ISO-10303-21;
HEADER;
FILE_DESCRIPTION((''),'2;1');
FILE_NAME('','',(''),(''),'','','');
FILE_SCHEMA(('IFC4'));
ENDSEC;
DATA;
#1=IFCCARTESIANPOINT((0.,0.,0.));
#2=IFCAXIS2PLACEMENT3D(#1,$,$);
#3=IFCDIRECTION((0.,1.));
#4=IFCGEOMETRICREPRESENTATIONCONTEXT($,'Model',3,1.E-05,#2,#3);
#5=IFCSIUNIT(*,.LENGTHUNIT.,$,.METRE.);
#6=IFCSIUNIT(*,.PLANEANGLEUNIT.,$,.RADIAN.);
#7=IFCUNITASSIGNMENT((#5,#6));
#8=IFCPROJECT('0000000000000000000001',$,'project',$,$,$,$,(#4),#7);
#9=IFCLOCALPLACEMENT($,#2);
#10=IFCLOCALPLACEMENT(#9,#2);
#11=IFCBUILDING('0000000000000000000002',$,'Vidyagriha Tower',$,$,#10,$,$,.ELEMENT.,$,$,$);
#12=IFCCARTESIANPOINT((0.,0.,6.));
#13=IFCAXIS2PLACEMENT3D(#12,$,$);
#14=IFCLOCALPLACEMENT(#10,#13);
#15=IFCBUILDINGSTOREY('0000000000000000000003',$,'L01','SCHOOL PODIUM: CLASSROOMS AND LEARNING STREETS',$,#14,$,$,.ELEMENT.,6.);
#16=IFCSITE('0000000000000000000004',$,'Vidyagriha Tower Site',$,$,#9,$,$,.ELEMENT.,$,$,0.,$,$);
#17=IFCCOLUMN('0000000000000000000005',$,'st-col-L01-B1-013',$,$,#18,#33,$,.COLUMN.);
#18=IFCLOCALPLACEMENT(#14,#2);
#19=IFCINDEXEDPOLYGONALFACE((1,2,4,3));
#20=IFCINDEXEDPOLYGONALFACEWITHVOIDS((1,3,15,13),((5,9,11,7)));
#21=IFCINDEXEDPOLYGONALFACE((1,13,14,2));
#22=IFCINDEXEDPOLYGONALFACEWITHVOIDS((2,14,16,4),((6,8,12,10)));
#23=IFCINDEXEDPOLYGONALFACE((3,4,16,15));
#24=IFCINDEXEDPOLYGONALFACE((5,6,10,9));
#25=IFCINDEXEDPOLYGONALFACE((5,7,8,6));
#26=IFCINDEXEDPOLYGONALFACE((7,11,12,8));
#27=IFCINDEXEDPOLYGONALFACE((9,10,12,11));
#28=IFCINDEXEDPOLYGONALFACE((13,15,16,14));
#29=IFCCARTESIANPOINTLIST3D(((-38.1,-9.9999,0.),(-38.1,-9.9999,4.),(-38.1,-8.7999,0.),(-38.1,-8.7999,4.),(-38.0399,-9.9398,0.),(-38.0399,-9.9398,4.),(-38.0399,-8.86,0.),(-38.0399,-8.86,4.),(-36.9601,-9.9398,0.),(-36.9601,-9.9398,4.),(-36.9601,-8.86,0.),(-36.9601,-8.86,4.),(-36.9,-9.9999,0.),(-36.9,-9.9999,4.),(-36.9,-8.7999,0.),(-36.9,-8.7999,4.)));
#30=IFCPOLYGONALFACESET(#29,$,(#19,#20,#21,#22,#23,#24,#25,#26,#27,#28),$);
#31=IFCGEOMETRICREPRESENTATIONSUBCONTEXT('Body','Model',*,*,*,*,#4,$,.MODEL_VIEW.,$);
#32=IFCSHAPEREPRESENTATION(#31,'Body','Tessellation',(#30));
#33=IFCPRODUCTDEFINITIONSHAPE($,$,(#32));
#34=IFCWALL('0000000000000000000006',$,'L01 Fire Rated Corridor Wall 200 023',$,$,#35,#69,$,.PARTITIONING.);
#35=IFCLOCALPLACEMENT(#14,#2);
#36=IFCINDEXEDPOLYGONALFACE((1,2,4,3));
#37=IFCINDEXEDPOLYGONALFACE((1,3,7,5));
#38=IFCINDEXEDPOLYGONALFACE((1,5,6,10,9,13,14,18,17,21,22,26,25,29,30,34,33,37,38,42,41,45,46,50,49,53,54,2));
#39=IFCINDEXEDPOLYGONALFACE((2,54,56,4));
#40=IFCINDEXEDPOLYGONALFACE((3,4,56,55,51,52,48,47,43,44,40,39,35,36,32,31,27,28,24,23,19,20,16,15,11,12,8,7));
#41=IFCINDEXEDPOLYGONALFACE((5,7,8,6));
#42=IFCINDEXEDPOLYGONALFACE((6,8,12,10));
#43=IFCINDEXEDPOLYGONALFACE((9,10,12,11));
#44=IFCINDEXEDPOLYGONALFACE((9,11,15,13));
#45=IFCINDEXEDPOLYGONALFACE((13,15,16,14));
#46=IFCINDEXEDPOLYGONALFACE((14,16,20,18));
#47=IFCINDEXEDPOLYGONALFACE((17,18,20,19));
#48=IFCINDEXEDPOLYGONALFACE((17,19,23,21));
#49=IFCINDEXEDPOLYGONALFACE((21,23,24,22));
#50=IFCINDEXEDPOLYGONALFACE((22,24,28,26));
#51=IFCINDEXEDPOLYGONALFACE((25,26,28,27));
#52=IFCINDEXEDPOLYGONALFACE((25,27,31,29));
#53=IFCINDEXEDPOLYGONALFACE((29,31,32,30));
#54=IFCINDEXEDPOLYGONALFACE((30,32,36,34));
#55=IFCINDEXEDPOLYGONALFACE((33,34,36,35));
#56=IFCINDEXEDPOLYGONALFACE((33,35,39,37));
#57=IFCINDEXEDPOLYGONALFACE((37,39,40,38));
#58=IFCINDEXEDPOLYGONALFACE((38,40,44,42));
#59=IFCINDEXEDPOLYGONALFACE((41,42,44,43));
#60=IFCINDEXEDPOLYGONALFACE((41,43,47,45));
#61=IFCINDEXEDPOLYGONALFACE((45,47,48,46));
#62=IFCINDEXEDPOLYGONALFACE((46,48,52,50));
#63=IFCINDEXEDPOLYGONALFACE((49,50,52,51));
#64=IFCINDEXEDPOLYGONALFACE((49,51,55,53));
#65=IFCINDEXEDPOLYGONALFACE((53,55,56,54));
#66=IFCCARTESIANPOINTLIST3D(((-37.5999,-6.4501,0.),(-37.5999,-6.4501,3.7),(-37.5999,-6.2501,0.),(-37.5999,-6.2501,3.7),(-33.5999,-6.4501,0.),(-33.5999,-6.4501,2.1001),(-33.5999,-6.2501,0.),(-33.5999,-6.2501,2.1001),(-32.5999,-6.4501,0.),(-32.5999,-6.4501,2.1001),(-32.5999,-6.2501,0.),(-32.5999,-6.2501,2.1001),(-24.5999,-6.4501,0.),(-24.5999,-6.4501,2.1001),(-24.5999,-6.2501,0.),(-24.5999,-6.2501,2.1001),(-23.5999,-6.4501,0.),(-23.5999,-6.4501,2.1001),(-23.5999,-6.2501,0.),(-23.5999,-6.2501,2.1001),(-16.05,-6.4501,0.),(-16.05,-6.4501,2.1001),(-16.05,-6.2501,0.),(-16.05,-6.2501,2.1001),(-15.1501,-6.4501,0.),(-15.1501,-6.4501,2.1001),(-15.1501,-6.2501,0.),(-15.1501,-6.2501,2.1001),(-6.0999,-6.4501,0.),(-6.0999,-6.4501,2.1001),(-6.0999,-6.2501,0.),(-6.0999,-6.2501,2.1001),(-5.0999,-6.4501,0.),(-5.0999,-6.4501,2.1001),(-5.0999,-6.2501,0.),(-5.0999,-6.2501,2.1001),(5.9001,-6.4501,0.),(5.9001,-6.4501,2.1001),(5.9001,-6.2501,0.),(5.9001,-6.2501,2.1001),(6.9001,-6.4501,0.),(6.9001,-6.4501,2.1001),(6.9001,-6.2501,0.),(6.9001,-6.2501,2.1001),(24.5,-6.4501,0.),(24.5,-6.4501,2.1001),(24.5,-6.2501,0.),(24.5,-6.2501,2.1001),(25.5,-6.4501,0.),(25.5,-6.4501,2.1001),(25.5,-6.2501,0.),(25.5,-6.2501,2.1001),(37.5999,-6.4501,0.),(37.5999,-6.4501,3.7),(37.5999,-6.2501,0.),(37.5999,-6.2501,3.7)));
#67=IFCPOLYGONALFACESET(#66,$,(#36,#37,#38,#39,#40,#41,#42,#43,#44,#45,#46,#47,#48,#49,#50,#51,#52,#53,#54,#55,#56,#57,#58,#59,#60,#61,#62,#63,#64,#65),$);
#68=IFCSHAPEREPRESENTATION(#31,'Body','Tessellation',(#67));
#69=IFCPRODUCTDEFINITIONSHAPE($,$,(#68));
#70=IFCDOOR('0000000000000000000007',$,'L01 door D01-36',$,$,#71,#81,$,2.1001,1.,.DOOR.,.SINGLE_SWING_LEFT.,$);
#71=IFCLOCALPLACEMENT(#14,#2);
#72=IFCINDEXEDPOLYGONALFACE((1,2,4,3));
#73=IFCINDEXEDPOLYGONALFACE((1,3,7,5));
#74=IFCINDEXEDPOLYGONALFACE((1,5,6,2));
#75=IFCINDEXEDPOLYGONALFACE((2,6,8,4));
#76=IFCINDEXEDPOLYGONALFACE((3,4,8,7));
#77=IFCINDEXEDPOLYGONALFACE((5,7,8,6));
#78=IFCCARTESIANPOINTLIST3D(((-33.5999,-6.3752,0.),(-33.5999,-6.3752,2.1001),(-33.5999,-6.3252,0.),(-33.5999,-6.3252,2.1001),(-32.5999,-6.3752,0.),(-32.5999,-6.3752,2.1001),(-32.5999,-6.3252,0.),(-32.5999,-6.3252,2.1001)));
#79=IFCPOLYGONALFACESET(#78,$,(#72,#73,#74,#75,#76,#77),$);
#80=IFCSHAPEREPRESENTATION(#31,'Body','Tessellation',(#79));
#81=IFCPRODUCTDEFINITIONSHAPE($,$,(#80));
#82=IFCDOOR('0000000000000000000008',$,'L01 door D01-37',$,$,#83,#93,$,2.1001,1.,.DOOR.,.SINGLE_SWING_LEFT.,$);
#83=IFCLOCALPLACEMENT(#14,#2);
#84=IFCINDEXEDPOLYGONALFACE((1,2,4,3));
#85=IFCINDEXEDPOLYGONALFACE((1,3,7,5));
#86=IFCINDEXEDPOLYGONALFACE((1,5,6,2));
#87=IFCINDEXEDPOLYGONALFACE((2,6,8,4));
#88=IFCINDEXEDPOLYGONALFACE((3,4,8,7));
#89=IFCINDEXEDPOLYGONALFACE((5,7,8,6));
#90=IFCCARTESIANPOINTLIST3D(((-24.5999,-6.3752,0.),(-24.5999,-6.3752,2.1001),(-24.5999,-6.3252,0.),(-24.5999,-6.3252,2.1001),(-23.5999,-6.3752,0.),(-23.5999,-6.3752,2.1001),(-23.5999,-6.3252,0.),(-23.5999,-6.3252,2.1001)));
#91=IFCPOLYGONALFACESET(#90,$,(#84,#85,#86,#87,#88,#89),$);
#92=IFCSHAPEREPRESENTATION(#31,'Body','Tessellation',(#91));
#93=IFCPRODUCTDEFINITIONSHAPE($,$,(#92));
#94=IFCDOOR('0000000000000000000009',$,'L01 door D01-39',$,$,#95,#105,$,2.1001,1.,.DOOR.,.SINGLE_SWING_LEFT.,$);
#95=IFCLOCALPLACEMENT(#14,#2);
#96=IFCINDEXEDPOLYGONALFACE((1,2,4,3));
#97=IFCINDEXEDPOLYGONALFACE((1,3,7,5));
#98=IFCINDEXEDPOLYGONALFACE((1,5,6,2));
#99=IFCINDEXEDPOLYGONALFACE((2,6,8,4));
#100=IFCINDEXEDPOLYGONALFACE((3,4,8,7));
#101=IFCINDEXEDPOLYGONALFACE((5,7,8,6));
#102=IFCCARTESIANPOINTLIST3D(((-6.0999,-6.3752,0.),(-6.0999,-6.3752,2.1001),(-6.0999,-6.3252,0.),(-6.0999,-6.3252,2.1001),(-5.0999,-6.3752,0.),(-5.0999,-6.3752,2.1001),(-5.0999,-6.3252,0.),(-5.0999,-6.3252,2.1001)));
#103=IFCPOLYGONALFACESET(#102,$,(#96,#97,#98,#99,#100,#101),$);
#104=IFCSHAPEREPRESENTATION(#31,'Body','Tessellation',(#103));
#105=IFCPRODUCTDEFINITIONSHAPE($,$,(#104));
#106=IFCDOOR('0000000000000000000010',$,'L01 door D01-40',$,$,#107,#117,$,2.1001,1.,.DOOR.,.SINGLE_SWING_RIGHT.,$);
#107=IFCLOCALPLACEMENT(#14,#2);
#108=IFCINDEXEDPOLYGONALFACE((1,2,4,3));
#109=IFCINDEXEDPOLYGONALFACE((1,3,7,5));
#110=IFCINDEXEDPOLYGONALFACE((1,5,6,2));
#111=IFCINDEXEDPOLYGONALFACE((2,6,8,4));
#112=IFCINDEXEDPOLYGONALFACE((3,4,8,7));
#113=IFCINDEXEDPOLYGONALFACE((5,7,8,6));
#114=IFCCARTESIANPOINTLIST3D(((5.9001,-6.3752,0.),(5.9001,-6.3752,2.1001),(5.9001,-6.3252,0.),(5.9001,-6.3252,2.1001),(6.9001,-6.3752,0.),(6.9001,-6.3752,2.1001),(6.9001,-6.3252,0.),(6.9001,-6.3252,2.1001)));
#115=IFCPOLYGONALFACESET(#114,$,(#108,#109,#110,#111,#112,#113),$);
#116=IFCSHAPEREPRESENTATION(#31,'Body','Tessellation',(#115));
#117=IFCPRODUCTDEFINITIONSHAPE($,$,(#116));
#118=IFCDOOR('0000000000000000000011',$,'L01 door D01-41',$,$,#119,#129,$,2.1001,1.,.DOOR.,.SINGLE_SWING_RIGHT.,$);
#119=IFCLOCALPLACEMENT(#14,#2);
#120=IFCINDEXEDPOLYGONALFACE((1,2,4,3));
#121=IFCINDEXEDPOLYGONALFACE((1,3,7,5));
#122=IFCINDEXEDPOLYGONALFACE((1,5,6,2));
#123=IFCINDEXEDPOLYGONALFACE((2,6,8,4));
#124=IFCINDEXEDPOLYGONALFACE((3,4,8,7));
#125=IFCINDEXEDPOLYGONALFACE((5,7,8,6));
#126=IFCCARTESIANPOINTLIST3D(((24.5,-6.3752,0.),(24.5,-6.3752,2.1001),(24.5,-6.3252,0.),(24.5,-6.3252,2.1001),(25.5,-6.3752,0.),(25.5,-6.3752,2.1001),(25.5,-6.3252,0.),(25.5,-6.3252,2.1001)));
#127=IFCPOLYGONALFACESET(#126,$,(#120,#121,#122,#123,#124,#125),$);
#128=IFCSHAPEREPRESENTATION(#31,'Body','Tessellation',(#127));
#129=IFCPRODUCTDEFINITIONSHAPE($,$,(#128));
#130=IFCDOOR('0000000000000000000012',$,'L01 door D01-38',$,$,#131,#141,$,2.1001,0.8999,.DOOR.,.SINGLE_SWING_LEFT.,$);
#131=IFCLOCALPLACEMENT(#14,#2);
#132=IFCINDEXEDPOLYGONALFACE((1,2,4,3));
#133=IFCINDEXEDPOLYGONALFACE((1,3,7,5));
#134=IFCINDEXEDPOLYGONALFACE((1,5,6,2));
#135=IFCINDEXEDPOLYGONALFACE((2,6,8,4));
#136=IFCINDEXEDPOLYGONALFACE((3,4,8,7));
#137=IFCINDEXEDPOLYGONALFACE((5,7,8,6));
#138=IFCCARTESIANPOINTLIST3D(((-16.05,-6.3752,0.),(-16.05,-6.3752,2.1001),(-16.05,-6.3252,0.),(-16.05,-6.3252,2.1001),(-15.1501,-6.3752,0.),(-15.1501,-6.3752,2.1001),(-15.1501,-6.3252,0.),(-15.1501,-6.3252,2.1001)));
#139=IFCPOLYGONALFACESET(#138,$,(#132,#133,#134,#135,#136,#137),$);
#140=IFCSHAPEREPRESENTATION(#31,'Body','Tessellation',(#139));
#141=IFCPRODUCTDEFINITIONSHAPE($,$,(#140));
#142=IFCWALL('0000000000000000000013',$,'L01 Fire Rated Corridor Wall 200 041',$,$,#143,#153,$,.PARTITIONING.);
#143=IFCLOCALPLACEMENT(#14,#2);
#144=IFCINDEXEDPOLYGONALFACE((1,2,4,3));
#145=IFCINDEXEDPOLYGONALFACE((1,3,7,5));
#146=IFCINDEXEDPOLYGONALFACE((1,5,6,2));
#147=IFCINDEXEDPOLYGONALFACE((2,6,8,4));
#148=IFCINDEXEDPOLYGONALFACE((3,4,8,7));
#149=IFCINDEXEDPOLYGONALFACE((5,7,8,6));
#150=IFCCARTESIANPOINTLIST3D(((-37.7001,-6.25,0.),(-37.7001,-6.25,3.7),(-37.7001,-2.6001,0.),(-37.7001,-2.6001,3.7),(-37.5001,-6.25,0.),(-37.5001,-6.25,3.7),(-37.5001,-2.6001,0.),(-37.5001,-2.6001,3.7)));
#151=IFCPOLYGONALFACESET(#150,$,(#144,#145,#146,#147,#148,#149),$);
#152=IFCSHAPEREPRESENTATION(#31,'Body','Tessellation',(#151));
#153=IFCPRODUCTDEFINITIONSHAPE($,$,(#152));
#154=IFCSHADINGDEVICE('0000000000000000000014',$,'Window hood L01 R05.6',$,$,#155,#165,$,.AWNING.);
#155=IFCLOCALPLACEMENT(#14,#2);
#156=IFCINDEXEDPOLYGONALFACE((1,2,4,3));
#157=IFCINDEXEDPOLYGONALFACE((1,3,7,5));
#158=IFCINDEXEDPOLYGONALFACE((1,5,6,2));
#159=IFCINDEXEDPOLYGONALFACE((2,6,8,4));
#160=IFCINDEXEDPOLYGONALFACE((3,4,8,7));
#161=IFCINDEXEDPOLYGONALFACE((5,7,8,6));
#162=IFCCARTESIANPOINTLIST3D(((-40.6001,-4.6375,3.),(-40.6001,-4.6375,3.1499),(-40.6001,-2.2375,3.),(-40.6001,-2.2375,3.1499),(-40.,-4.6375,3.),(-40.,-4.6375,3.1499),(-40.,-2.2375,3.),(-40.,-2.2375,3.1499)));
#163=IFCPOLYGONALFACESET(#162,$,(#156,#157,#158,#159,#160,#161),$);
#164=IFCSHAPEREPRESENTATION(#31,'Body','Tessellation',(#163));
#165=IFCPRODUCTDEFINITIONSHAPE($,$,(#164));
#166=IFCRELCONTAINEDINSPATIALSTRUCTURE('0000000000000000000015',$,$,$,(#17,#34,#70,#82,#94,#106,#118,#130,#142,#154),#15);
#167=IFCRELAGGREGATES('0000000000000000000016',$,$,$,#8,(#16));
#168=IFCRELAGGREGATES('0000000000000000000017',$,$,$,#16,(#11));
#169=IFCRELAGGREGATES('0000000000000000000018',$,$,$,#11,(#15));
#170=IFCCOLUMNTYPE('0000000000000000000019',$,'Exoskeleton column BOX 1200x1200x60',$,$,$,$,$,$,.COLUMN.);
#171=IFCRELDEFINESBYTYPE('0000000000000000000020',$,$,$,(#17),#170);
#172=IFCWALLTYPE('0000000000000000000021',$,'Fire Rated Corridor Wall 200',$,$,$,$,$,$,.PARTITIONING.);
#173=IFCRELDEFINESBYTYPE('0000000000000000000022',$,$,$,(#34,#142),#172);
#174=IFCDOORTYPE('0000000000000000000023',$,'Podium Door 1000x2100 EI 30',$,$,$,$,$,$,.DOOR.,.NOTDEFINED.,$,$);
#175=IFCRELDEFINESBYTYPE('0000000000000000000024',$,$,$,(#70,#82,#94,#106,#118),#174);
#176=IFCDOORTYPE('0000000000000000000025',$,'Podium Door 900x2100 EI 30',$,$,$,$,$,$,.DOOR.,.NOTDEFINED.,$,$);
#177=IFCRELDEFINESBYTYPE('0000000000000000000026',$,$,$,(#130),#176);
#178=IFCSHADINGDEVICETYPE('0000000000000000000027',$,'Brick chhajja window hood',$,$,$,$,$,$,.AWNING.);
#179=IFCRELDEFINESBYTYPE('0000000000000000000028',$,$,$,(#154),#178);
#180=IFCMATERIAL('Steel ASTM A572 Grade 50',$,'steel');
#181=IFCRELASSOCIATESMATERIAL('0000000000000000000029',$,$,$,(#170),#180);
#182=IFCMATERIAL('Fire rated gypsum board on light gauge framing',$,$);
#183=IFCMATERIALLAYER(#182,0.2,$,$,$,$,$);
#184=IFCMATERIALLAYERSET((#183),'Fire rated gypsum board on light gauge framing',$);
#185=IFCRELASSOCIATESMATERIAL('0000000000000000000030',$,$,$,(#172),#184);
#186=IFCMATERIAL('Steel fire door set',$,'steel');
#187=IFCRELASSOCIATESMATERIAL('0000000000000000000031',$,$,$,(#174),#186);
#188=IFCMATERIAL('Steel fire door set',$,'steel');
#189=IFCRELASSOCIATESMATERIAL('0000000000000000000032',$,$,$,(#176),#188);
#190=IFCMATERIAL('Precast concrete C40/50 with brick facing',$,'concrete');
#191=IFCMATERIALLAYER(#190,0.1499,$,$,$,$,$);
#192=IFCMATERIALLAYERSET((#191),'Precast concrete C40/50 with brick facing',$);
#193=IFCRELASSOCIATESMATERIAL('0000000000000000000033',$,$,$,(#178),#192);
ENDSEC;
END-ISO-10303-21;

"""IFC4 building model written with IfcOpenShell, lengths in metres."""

from ifc_helpers import new_model, si_unit, direction, frame, frame_2d, origin, origin_2d, place, context, subcontext, project, spatial, rectangle, hollow_rectangle, extrude, material, layer, layer_set, material_profile, profile_set, type_object, element, fill, save


model = new_model("IFC4")

# Units and contexts
model_context = context("Model", 3, precision=1e-05, world=origin(), true_north=direction((0.0, 1.0)))
body_context = subcontext(model_context, "Body", "Model", "MODEL_VIEW")
ifc_project = project(units=[si_unit("LENGTHUNIT", "METRE"), si_unit("PLANEANGLEUNIT", "RADIAN")], contexts=[model_context])

# Site, building, storey
site_placement = place(None, origin())
site = spatial("IfcSite", under=ifc_project, at=site_placement, Name="Vidyagriha Tower Site", CompositionType="ELEMENT", RefElevation=0.0)
building_placement = place(site_placement, origin())
building = spatial("IfcBuilding", under=site, at=building_placement, Name="Vidyagriha Tower", CompositionType="ELEMENT")
storey_placement = place(building_placement, frame((0.0, 0.0, 6.0)))
storey = spatial("IfcBuildingStorey", under=building, at=storey_placement, Name="L01", Description="SCHOOL PODIUM: CLASSROOMS AND LEARNING STREETS", CompositionType="ELEMENT", Elevation=6.0)

# Column
ifc_material_1 = material(Name="Steel ASTM A572 Grade 50", Category="steel")
ifc_material_profile = material_profile(ifc_material_1, hollow_rectangle(XDim=1.2, YDim=1.2, WallThickness=0.0601, at=origin_2d()), Name="BOX 1200x1200x60")
ifc_profile_set = profile_set([ifc_material_profile], Name="Steel ASTM A572 Grade 50")
column_type = type_object("IfcColumnType", Name="Exoskeleton column BOX 1200x1200x60", PredefinedType="COLUMN", material=ifc_profile_set)
column_placement = place(storey_placement, frame((-37.5, -9.3999, 0.0)))
element("IfcColumn", 1, at=column_placement, inside=storey, type_object=column_type, Name="st-col-L01-B1-013", PredefinedType="COLUMN", context=body_context, shape_type="SweptSolid", body=[
    extrude(hollow_rectangle(XDim=1.2, YDim=1.2, WallThickness=0.0601, at=origin_2d()), origin(), (0.0, 0.0, 1.0), 4.0),
])

# Wall, openings, doors
ifc_material_2 = material(Name="Fire rated gypsum board on light gauge framing")
ifc_layer_1 = layer(ifc_material_2, 0.2)
ifc_layer_set_1 = layer_set([ifc_layer_1], Name="Fire rated gypsum board on light gauge framing")
wall_type = type_object("IfcWallType", Name="Fire Rated Corridor Wall 200", PredefinedType="PARTITIONING", material=ifc_layer_set_1)
wall_1_placement = place(storey_placement, frame((-37.5999, -6.3501, 0.0)))
wall_1 = element("IfcWall", 2, at=wall_1_placement, inside=storey, type_object=wall_type, Name="L01 Fire Rated Corridor Wall 200 023", PredefinedType="PARTITIONING", context=body_context, shape_type="SweptSolid", body=[
    extrude(rectangle(XDim=75.1997, YDim=0.2, at=frame_2d((37.5999, 0.0))), origin(), (0.0, 0.0, 1.0), 3.7),
])
opening_1_placement = place(wall_1_placement, frame((4.0, 0.0, 0.0)))
opening_1 = element("IfcOpeningElement", 3, at=opening_1_placement, cuts=wall_1, PredefinedType="OPENING", context=body_context, shape_type="SweptSolid", body=[
    extrude(rectangle(XDim=1.0, YDim=2.1001, at=frame_2d((0.5, 1.05))), frame((0.0, 0.1099, 0.0), z_axis=(0.0, -1.0, 0.0), x_axis=(1.0, 0.0, 0.0)), (0.0, 0.0, 1.0), 0.22),
])
opening_2_placement = place(wall_1_placement, frame((13.0, 0.0, 0.0)))
opening_2 = element("IfcOpeningElement", 4, at=opening_2_placement, cuts=wall_1, PredefinedType="OPENING", context=body_context, shape_type="SweptSolid", body=[
    extrude(rectangle(XDim=1.0, YDim=2.1001, at=frame_2d((0.5, 1.05))), frame((0.0, 0.1099, 0.0), z_axis=(0.0, -1.0, 0.0), x_axis=(1.0, 0.0, 0.0)), (0.0, 0.0, 1.0), 0.22),
])
opening_3_placement = place(wall_1_placement, frame((21.5498, 0.0, 0.0)))
opening_3 = element("IfcOpeningElement", 5, at=opening_3_placement, cuts=wall_1, PredefinedType="OPENING", context=body_context, shape_type="SweptSolid", body=[
    extrude(rectangle(XDim=0.8999, YDim=2.1001, at=frame_2d((0.45, 1.05))), frame((0.0, 0.1099, 0.0), z_axis=(0.0, -1.0, 0.0), x_axis=(1.0, 0.0, 0.0)), (0.0, 0.0, 1.0), 0.22),
])
opening_4_placement = place(wall_1_placement, frame((31.5, 0.0, 0.0)))
opening_4 = element("IfcOpeningElement", 6, at=opening_4_placement, cuts=wall_1, PredefinedType="OPENING", context=body_context, shape_type="SweptSolid", body=[
    extrude(rectangle(XDim=1.0, YDim=2.1001, at=frame_2d((0.5, 1.05))), frame((0.0, 0.1099, 0.0), z_axis=(0.0, -1.0, 0.0), x_axis=(1.0, 0.0, 0.0)), (0.0, 0.0, 1.0), 0.22),
])
opening_5_placement = place(wall_1_placement, frame((43.5, 0.0, 0.0)))
opening_5 = element("IfcOpeningElement", 7, at=opening_5_placement, cuts=wall_1, PredefinedType="OPENING", context=body_context, shape_type="SweptSolid", body=[
    extrude(rectangle(XDim=1.0, YDim=2.1001, at=frame_2d((0.5, 1.05))), frame((0.0, 0.1099, 0.0), z_axis=(0.0, -1.0, 0.0), x_axis=(1.0, 0.0, 0.0)), (0.0, 0.0, 1.0), 0.22),
])
opening_6_placement = place(wall_1_placement, frame((62.0999, 0.0, 0.0)))
opening_6 = element("IfcOpeningElement", 8, at=opening_6_placement, cuts=wall_1, PredefinedType="OPENING", context=body_context, shape_type="SweptSolid", body=[
    extrude(rectangle(XDim=1.0, YDim=2.1001, at=frame_2d((0.5, 1.05))), frame((0.0, 0.1099, 0.0), z_axis=(0.0, -1.0, 0.0), x_axis=(1.0, 0.0, 0.0)), (0.0, 0.0, 1.0), 0.22),
])
ifc_material_3 = material(Name="Steel fire door set", Category="steel")
door_type_1 = type_object("IfcDoorType", Name="Podium Door 1000x2100 EI 30", OperationType="NOTDEFINED", PredefinedType="DOOR", material=ifc_material_3)
door_1_placement = place(opening_1_placement, origin())
door_1 = element("IfcDoor", 9, at=door_1_placement, inside=storey, type_object=door_type_1, Name="L01 door D01-36", OperationType="SINGLE_SWING_LEFT", OverallHeight=2.1001, OverallWidth=1.0, PredefinedType="DOOR", context=body_context, shape_type="SweptSolid", body=[
    extrude(rectangle(XDim=1.0, YDim=2.1001, at=frame_2d((0.5, 1.05))), frame((0.0, 0.0249, 0.0), z_axis=(0.0, -1.0, 0.0), x_axis=(1.0, 0.0, 0.0)), (0.0, 0.0, 1.0), 0.05),
])
fill(opening_1, door_1)
door_2_placement = place(opening_2_placement, origin())
door_2 = element("IfcDoor", 10, at=door_2_placement, inside=storey, type_object=door_type_1, Name="L01 door D01-37", OperationType="SINGLE_SWING_LEFT", OverallHeight=2.1001, OverallWidth=1.0, PredefinedType="DOOR", context=body_context, shape_type="SweptSolid", body=[
    extrude(rectangle(XDim=1.0, YDim=2.1001, at=frame_2d((0.5, 1.05))), frame((0.0, 0.0249, 0.0), z_axis=(0.0, -1.0, 0.0), x_axis=(1.0, 0.0, 0.0)), (0.0, 0.0, 1.0), 0.05),
])
fill(opening_2, door_2)
door_3_placement = place(opening_4_placement, origin())
door_3 = element("IfcDoor", 11, at=door_3_placement, inside=storey, type_object=door_type_1, Name="L01 door D01-39", OperationType="SINGLE_SWING_LEFT", OverallHeight=2.1001, OverallWidth=1.0, PredefinedType="DOOR", context=body_context, shape_type="SweptSolid", body=[
    extrude(rectangle(XDim=1.0, YDim=2.1001, at=frame_2d((0.5, 1.05))), frame((0.0, 0.0249, 0.0), z_axis=(0.0, -1.0, 0.0), x_axis=(1.0, 0.0, 0.0)), (0.0, 0.0, 1.0), 0.05),
])
fill(opening_4, door_3)
door_4_placement = place(opening_5_placement, origin())
door_4 = element("IfcDoor", 12, at=door_4_placement, inside=storey, type_object=door_type_1, Name="L01 door D01-40", OperationType="SINGLE_SWING_RIGHT", OverallHeight=2.1001, OverallWidth=1.0, PredefinedType="DOOR", context=body_context, shape_type="SweptSolid", body=[
    extrude(rectangle(XDim=1.0, YDim=2.1001, at=frame_2d((0.5, 1.05))), frame((0.0, 0.0249, 0.0), z_axis=(0.0, -1.0, 0.0), x_axis=(1.0, 0.0, 0.0)), (0.0, 0.0, 1.0), 0.05),
])
fill(opening_5, door_4)
door_5_placement = place(opening_6_placement, origin())
door_5 = element("IfcDoor", 13, at=door_5_placement, inside=storey, type_object=door_type_1, Name="L01 door D01-41", OperationType="SINGLE_SWING_RIGHT", OverallHeight=2.1001, OverallWidth=1.0, PredefinedType="DOOR", context=body_context, shape_type="SweptSolid", body=[
    extrude(rectangle(XDim=1.0, YDim=2.1001, at=frame_2d((0.5, 1.05))), frame((0.0, 0.0249, 0.0), z_axis=(0.0, -1.0, 0.0), x_axis=(1.0, 0.0, 0.0)), (0.0, 0.0, 1.0), 0.05),
])
fill(opening_6, door_5)
ifc_material_4 = material(Name="Steel fire door set", Category="steel")
door_type_2 = type_object("IfcDoorType", Name="Podium Door 900x2100 EI 30", OperationType="NOTDEFINED", PredefinedType="DOOR", material=ifc_material_4)
door_6_placement = place(opening_3_placement, origin())
door_6 = element("IfcDoor", 14, at=door_6_placement, inside=storey, type_object=door_type_2, Name="L01 door D01-38", OperationType="SINGLE_SWING_LEFT", OverallHeight=2.1001, OverallWidth=0.8999, PredefinedType="DOOR", context=body_context, shape_type="SweptSolid", body=[
    extrude(rectangle(XDim=0.8999, YDim=2.1001, at=frame_2d((0.45, 1.05))), frame((0.0, 0.0249, 0.0), z_axis=(0.0, -1.0, 0.0), x_axis=(1.0, 0.0, 0.0)), (0.0, 0.0, 1.0), 0.05),
])
fill(opening_3, door_6)

# Wall
wall_2_placement = place(storey_placement, frame((-37.6001, -6.25, 0.0), z_axis=(0.0, 0.0, 1.0), x_axis=(0.0, 1.0, 0.0)))
element("IfcWall", 15, at=wall_2_placement, inside=storey, type_object=wall_type, Name="L01 Fire Rated Corridor Wall 200 041", PredefinedType="PARTITIONING", context=body_context, shape_type="SweptSolid", body=[
    extrude(rectangle(XDim=3.6499, YDim=0.2, at=frame_2d((1.825, 0.0))), origin(), (0.0, 0.0, 1.0), 3.7),
])

# Shading device
ifc_material_5 = material(Name="Precast concrete C40/50 with brick facing", Category="concrete")
ifc_layer_2 = layer(ifc_material_5, 0.1499)
ifc_layer_set_2 = layer_set([ifc_layer_2], Name="Precast concrete C40/50 with brick facing")
shading_device_type_1 = type_object("IfcShadingDeviceType", Name="Brick chhajja window hood", PredefinedType="AWNING", material=ifc_layer_set_2)
for number, where, z_axis, x_axis, name in (
    (16, (-40.3, -3.4375, 3.0), (0.0, 0.0, 1.0), (0.0, -1.0, 0.0), "Window hood L01 R05.6"),
):
    element("IfcShadingDevice", number, at=place(storey_placement, frame(where, z_axis=z_axis, x_axis=x_axis)), inside=storey, type_object=shading_device_type_1, Name=name, PredefinedType="AWNING", context=body_context, shape_type="SweptSolid", body=[
        extrude(rectangle(XDim=2.3999, YDim=0.6001, at=origin_2d()), origin(), (0.0, 0.0, 1.0), 0.1499),
    ])

save(model, "model.ifc")
